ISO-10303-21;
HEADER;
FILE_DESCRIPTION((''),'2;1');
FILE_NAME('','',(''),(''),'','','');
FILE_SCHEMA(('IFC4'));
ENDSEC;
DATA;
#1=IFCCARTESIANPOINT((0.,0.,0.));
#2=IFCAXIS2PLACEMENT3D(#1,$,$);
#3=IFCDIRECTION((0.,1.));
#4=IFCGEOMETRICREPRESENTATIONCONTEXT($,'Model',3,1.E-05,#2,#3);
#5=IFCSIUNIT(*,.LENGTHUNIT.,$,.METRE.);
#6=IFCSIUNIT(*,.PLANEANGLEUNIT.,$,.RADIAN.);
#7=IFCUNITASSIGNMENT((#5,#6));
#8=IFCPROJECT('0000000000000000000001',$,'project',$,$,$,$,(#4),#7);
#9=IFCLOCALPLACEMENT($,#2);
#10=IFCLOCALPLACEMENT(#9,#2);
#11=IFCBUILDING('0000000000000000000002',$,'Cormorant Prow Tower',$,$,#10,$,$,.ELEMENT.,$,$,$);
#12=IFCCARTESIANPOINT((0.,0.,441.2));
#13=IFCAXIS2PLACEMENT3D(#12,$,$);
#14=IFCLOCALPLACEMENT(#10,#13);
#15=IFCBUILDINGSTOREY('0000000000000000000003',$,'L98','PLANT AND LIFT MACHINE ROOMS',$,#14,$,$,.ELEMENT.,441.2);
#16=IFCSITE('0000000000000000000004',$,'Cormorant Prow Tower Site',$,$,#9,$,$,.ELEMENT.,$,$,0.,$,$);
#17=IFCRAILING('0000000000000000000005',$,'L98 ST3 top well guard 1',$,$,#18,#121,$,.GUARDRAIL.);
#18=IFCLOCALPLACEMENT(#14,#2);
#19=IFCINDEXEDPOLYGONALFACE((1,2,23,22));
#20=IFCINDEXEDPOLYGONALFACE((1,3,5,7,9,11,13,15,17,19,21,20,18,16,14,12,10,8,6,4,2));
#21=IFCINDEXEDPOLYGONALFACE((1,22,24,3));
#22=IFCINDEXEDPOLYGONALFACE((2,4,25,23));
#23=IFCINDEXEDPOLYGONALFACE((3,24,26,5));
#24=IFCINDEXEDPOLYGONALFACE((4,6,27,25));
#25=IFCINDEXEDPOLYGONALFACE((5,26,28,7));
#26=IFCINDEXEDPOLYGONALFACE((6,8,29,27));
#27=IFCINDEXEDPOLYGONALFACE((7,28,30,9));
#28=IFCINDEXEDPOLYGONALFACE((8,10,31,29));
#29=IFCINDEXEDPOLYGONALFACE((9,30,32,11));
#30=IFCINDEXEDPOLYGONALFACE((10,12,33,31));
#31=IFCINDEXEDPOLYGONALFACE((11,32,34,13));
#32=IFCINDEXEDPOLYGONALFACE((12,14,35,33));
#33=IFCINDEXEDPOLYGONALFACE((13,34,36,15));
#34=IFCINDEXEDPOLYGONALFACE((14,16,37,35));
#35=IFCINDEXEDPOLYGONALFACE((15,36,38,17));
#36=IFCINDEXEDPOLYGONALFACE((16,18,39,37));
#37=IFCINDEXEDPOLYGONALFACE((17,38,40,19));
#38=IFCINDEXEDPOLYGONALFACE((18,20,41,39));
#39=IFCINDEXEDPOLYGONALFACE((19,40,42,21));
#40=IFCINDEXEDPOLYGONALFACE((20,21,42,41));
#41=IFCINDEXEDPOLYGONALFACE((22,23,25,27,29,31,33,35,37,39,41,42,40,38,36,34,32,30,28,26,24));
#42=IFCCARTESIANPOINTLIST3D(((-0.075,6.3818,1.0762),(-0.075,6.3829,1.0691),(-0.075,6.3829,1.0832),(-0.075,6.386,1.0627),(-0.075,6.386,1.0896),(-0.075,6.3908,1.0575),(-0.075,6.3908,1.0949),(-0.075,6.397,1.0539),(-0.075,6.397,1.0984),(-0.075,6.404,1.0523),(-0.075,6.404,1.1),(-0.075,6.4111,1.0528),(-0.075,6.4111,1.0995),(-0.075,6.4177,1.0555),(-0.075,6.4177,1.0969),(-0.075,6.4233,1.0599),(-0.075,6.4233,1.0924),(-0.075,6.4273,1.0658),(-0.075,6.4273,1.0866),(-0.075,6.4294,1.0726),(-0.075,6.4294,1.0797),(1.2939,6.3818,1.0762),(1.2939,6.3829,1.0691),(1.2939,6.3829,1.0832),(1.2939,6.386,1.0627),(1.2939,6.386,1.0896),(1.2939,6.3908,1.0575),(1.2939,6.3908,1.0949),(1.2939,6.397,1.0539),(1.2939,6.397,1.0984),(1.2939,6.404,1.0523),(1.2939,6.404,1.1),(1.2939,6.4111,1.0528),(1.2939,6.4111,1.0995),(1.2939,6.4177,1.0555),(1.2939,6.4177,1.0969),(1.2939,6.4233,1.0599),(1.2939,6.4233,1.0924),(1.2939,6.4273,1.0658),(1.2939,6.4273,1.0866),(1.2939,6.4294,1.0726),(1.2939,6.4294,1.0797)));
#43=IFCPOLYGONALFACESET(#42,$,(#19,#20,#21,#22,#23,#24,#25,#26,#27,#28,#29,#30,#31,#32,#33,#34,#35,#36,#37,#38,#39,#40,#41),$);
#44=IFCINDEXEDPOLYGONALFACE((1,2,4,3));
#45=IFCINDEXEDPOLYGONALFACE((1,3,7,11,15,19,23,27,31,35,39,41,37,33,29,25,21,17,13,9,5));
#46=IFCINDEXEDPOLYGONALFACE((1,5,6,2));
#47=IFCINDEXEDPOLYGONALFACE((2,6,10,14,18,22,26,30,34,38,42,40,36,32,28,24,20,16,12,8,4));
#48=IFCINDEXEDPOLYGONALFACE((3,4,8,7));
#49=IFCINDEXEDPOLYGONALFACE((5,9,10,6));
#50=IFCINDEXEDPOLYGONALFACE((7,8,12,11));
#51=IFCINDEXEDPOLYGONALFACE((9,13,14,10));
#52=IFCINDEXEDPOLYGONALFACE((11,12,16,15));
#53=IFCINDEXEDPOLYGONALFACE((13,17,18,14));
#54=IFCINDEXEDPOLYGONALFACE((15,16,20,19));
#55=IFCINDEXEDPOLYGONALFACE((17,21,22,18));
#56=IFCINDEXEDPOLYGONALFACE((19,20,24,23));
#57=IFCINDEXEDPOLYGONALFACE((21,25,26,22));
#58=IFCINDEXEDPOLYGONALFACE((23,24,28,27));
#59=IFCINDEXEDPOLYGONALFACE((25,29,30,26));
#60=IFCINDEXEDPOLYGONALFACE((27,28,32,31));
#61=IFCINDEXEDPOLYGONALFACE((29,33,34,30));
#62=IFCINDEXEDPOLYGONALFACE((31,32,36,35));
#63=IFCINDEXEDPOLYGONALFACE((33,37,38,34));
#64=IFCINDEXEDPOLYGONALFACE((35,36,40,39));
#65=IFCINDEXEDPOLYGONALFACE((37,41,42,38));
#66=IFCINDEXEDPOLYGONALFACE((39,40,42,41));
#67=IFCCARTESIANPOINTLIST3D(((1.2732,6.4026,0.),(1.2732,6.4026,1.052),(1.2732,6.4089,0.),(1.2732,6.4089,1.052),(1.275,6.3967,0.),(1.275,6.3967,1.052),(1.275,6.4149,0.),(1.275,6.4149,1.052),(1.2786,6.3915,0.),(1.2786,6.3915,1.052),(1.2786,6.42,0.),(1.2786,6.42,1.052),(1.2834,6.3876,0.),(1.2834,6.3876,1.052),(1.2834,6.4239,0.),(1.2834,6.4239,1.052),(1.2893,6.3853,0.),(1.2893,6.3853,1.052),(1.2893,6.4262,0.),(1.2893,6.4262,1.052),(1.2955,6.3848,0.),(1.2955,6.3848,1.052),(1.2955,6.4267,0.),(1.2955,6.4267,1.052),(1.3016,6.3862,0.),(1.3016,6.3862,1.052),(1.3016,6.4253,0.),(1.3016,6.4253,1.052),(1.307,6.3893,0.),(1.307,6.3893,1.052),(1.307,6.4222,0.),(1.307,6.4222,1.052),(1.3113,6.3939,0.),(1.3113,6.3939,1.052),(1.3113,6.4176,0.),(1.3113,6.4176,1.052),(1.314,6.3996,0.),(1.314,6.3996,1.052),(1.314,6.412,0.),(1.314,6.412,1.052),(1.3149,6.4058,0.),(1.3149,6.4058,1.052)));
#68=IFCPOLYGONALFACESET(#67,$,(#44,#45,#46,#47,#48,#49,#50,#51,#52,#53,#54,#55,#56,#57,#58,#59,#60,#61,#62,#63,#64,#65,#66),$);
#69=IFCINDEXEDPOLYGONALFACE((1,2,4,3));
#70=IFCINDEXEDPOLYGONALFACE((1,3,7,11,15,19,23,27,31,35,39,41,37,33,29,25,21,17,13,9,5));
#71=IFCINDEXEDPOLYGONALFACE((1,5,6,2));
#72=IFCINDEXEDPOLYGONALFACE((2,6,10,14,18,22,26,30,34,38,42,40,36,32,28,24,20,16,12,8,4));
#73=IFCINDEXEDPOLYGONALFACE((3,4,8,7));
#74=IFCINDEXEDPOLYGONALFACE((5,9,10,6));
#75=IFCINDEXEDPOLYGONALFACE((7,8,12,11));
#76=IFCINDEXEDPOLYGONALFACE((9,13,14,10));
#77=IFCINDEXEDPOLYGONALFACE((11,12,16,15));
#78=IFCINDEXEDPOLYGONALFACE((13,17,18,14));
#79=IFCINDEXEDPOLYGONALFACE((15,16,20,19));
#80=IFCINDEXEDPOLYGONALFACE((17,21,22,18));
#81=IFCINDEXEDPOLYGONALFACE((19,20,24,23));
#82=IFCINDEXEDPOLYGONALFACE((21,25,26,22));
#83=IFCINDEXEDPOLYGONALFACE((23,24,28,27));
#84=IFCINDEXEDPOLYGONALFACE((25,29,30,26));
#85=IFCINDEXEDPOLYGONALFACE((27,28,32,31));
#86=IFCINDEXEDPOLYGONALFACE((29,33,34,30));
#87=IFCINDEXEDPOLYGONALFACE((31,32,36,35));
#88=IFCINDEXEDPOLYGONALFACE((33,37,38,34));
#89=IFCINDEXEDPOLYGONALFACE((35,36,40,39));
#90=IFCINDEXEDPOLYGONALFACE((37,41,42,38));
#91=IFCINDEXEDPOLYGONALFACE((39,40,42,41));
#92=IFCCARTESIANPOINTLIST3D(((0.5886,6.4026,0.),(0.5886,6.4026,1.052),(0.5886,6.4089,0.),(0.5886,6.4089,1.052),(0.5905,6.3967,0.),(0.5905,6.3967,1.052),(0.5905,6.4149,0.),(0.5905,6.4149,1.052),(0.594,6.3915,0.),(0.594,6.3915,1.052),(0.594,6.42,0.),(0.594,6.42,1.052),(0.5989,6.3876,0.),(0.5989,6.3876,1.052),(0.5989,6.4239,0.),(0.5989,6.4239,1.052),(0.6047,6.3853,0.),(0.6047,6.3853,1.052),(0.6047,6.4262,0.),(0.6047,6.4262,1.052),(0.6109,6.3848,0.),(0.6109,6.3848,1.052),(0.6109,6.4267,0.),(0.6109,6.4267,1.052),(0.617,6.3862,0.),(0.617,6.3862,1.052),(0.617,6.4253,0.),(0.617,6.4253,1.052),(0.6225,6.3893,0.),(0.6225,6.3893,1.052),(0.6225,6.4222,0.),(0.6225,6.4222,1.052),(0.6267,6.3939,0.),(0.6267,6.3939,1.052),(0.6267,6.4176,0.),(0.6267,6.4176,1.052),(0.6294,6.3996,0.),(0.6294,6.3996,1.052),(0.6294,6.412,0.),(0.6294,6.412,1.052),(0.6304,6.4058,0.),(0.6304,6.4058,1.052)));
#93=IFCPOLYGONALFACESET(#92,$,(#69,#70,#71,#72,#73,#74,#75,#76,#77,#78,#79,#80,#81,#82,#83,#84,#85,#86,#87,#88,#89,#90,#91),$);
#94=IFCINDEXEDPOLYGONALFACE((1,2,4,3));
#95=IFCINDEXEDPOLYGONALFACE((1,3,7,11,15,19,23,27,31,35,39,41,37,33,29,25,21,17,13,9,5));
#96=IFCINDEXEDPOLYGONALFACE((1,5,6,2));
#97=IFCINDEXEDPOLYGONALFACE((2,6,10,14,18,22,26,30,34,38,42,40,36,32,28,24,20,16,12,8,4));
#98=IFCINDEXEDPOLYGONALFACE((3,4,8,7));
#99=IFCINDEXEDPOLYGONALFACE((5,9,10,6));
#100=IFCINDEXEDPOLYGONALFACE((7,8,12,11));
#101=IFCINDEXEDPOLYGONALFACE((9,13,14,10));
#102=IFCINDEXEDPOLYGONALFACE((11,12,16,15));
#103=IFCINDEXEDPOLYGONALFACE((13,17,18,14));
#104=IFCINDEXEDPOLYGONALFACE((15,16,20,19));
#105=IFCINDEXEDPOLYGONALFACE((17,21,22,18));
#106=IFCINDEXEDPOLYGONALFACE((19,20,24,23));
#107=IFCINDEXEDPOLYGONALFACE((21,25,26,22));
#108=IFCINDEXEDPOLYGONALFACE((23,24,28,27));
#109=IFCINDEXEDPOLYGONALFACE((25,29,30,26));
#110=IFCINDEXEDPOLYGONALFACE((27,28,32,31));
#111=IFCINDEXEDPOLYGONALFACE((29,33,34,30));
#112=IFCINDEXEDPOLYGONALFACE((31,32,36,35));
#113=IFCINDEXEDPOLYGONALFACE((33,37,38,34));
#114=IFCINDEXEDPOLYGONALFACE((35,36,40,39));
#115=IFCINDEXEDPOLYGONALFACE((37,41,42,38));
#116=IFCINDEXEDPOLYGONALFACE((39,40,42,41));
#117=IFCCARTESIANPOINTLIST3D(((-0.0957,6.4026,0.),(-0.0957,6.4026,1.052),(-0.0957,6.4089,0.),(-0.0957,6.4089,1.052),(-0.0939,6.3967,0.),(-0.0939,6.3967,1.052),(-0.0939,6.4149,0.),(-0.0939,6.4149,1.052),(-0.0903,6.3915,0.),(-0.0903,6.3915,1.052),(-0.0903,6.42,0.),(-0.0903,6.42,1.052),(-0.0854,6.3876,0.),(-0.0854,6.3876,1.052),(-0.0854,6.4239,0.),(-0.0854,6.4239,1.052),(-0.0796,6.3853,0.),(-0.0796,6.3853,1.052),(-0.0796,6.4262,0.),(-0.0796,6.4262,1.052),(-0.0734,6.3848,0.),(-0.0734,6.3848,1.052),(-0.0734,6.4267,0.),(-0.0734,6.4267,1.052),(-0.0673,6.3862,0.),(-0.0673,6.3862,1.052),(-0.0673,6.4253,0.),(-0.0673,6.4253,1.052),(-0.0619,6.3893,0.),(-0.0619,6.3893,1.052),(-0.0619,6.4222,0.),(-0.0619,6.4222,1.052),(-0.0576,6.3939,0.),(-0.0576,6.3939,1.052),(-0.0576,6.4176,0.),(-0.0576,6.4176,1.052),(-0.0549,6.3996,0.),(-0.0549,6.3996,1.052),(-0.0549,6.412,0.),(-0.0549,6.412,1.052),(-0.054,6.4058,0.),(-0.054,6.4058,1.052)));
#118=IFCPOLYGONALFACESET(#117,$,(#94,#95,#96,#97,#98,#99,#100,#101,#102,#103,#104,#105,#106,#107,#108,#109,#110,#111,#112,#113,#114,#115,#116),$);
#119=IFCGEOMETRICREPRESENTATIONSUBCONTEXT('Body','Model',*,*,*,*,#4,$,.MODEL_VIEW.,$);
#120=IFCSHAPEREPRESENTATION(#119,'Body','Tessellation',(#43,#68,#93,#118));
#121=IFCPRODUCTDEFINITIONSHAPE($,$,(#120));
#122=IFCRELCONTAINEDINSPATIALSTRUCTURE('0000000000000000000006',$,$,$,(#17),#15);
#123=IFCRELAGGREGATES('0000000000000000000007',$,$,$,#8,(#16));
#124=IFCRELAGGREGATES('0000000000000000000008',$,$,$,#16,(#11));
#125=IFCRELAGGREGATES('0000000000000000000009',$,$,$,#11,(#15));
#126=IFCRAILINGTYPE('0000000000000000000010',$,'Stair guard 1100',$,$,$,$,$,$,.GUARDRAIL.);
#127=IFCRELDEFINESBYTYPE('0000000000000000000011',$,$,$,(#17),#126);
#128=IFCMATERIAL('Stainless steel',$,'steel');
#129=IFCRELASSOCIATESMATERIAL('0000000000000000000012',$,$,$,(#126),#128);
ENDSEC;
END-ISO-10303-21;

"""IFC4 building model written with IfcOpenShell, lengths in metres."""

from ifc_helpers import new_model, si_unit, direction, frame, origin, origin_2d, place, context, subcontext, project, spatial, circle, extrude, material, type_object, element, save


model = new_model("IFC4")

# Units and contexts
model_context = context("Model", 3, precision=1e-05, world=origin(), true_north=direction((0.0, 1.0)))
body_context = subcontext(model_context, "Body", "Model", "MODEL_VIEW")
ifc_project = project(units=[si_unit("LENGTHUNIT", "METRE"), si_unit("PLANEANGLEUNIT", "RADIAN")], contexts=[model_context])

# Site, building, storey
site_placement = place(None, origin())
site = spatial("IfcSite", under=ifc_project, at=site_placement, Name="Cormorant Prow Tower Site", CompositionType="ELEMENT", RefElevation=0.0)
building_placement = place(site_placement, origin())
building = spatial("IfcBuilding", under=site, at=building_placement, Name="Cormorant Prow Tower", CompositionType="ELEMENT")
storey_placement = place(building_placement, frame((0.0, 0.0, 441.2)))
storey = spatial("IfcBuildingStorey", under=building, at=storey_placement, Name="L98", Description="PLANT AND LIFT MACHINE ROOMS", CompositionType="ELEMENT", Elevation=441.2)

# Railing
ifc_material_1 = material(Name="Stainless steel", Category="steel")
railing_type = type_object("IfcRailingType", Name="Stair guard 1100", PredefinedType="GUARDRAIL", material=ifc_material_1)
railing_1_placement = place(storey_placement, frame((1.2939, 6.4058, 0.0)))
element("IfcRailing", 1, at=railing_1_placement, inside=storey, type_object=railing_type, Name="L98 ST3 top well guard 1", PredefinedType="GUARDRAIL", context=body_context, shape_type="SweptSolid", body=[
    extrude(circle(Radius=0.0239, at=origin_2d()), frame((0.0, 0.0, 1.0762), z_axis=(-1.0, 0.0, 0.0), x_axis=(0.0, -1.0, 0.0)), (0.0, 0.0, 1.0), 1.3689),
    extrude(circle(Radius=0.021, at=origin_2d()), origin(), (0.0, 0.0, 1.0), 1.052),
    extrude(circle(Radius=0.021, at=origin_2d()), frame((-0.6846, 0.0, 0.0)), (0.0, 0.0, 1.0), 1.052),
    extrude(circle(Radius=0.021, at=origin_2d()), frame((-1.3689, 0.0, 0.0)), (0.0, 0.0, 1.0), 1.052),
])

save(model, "model.ifc")
